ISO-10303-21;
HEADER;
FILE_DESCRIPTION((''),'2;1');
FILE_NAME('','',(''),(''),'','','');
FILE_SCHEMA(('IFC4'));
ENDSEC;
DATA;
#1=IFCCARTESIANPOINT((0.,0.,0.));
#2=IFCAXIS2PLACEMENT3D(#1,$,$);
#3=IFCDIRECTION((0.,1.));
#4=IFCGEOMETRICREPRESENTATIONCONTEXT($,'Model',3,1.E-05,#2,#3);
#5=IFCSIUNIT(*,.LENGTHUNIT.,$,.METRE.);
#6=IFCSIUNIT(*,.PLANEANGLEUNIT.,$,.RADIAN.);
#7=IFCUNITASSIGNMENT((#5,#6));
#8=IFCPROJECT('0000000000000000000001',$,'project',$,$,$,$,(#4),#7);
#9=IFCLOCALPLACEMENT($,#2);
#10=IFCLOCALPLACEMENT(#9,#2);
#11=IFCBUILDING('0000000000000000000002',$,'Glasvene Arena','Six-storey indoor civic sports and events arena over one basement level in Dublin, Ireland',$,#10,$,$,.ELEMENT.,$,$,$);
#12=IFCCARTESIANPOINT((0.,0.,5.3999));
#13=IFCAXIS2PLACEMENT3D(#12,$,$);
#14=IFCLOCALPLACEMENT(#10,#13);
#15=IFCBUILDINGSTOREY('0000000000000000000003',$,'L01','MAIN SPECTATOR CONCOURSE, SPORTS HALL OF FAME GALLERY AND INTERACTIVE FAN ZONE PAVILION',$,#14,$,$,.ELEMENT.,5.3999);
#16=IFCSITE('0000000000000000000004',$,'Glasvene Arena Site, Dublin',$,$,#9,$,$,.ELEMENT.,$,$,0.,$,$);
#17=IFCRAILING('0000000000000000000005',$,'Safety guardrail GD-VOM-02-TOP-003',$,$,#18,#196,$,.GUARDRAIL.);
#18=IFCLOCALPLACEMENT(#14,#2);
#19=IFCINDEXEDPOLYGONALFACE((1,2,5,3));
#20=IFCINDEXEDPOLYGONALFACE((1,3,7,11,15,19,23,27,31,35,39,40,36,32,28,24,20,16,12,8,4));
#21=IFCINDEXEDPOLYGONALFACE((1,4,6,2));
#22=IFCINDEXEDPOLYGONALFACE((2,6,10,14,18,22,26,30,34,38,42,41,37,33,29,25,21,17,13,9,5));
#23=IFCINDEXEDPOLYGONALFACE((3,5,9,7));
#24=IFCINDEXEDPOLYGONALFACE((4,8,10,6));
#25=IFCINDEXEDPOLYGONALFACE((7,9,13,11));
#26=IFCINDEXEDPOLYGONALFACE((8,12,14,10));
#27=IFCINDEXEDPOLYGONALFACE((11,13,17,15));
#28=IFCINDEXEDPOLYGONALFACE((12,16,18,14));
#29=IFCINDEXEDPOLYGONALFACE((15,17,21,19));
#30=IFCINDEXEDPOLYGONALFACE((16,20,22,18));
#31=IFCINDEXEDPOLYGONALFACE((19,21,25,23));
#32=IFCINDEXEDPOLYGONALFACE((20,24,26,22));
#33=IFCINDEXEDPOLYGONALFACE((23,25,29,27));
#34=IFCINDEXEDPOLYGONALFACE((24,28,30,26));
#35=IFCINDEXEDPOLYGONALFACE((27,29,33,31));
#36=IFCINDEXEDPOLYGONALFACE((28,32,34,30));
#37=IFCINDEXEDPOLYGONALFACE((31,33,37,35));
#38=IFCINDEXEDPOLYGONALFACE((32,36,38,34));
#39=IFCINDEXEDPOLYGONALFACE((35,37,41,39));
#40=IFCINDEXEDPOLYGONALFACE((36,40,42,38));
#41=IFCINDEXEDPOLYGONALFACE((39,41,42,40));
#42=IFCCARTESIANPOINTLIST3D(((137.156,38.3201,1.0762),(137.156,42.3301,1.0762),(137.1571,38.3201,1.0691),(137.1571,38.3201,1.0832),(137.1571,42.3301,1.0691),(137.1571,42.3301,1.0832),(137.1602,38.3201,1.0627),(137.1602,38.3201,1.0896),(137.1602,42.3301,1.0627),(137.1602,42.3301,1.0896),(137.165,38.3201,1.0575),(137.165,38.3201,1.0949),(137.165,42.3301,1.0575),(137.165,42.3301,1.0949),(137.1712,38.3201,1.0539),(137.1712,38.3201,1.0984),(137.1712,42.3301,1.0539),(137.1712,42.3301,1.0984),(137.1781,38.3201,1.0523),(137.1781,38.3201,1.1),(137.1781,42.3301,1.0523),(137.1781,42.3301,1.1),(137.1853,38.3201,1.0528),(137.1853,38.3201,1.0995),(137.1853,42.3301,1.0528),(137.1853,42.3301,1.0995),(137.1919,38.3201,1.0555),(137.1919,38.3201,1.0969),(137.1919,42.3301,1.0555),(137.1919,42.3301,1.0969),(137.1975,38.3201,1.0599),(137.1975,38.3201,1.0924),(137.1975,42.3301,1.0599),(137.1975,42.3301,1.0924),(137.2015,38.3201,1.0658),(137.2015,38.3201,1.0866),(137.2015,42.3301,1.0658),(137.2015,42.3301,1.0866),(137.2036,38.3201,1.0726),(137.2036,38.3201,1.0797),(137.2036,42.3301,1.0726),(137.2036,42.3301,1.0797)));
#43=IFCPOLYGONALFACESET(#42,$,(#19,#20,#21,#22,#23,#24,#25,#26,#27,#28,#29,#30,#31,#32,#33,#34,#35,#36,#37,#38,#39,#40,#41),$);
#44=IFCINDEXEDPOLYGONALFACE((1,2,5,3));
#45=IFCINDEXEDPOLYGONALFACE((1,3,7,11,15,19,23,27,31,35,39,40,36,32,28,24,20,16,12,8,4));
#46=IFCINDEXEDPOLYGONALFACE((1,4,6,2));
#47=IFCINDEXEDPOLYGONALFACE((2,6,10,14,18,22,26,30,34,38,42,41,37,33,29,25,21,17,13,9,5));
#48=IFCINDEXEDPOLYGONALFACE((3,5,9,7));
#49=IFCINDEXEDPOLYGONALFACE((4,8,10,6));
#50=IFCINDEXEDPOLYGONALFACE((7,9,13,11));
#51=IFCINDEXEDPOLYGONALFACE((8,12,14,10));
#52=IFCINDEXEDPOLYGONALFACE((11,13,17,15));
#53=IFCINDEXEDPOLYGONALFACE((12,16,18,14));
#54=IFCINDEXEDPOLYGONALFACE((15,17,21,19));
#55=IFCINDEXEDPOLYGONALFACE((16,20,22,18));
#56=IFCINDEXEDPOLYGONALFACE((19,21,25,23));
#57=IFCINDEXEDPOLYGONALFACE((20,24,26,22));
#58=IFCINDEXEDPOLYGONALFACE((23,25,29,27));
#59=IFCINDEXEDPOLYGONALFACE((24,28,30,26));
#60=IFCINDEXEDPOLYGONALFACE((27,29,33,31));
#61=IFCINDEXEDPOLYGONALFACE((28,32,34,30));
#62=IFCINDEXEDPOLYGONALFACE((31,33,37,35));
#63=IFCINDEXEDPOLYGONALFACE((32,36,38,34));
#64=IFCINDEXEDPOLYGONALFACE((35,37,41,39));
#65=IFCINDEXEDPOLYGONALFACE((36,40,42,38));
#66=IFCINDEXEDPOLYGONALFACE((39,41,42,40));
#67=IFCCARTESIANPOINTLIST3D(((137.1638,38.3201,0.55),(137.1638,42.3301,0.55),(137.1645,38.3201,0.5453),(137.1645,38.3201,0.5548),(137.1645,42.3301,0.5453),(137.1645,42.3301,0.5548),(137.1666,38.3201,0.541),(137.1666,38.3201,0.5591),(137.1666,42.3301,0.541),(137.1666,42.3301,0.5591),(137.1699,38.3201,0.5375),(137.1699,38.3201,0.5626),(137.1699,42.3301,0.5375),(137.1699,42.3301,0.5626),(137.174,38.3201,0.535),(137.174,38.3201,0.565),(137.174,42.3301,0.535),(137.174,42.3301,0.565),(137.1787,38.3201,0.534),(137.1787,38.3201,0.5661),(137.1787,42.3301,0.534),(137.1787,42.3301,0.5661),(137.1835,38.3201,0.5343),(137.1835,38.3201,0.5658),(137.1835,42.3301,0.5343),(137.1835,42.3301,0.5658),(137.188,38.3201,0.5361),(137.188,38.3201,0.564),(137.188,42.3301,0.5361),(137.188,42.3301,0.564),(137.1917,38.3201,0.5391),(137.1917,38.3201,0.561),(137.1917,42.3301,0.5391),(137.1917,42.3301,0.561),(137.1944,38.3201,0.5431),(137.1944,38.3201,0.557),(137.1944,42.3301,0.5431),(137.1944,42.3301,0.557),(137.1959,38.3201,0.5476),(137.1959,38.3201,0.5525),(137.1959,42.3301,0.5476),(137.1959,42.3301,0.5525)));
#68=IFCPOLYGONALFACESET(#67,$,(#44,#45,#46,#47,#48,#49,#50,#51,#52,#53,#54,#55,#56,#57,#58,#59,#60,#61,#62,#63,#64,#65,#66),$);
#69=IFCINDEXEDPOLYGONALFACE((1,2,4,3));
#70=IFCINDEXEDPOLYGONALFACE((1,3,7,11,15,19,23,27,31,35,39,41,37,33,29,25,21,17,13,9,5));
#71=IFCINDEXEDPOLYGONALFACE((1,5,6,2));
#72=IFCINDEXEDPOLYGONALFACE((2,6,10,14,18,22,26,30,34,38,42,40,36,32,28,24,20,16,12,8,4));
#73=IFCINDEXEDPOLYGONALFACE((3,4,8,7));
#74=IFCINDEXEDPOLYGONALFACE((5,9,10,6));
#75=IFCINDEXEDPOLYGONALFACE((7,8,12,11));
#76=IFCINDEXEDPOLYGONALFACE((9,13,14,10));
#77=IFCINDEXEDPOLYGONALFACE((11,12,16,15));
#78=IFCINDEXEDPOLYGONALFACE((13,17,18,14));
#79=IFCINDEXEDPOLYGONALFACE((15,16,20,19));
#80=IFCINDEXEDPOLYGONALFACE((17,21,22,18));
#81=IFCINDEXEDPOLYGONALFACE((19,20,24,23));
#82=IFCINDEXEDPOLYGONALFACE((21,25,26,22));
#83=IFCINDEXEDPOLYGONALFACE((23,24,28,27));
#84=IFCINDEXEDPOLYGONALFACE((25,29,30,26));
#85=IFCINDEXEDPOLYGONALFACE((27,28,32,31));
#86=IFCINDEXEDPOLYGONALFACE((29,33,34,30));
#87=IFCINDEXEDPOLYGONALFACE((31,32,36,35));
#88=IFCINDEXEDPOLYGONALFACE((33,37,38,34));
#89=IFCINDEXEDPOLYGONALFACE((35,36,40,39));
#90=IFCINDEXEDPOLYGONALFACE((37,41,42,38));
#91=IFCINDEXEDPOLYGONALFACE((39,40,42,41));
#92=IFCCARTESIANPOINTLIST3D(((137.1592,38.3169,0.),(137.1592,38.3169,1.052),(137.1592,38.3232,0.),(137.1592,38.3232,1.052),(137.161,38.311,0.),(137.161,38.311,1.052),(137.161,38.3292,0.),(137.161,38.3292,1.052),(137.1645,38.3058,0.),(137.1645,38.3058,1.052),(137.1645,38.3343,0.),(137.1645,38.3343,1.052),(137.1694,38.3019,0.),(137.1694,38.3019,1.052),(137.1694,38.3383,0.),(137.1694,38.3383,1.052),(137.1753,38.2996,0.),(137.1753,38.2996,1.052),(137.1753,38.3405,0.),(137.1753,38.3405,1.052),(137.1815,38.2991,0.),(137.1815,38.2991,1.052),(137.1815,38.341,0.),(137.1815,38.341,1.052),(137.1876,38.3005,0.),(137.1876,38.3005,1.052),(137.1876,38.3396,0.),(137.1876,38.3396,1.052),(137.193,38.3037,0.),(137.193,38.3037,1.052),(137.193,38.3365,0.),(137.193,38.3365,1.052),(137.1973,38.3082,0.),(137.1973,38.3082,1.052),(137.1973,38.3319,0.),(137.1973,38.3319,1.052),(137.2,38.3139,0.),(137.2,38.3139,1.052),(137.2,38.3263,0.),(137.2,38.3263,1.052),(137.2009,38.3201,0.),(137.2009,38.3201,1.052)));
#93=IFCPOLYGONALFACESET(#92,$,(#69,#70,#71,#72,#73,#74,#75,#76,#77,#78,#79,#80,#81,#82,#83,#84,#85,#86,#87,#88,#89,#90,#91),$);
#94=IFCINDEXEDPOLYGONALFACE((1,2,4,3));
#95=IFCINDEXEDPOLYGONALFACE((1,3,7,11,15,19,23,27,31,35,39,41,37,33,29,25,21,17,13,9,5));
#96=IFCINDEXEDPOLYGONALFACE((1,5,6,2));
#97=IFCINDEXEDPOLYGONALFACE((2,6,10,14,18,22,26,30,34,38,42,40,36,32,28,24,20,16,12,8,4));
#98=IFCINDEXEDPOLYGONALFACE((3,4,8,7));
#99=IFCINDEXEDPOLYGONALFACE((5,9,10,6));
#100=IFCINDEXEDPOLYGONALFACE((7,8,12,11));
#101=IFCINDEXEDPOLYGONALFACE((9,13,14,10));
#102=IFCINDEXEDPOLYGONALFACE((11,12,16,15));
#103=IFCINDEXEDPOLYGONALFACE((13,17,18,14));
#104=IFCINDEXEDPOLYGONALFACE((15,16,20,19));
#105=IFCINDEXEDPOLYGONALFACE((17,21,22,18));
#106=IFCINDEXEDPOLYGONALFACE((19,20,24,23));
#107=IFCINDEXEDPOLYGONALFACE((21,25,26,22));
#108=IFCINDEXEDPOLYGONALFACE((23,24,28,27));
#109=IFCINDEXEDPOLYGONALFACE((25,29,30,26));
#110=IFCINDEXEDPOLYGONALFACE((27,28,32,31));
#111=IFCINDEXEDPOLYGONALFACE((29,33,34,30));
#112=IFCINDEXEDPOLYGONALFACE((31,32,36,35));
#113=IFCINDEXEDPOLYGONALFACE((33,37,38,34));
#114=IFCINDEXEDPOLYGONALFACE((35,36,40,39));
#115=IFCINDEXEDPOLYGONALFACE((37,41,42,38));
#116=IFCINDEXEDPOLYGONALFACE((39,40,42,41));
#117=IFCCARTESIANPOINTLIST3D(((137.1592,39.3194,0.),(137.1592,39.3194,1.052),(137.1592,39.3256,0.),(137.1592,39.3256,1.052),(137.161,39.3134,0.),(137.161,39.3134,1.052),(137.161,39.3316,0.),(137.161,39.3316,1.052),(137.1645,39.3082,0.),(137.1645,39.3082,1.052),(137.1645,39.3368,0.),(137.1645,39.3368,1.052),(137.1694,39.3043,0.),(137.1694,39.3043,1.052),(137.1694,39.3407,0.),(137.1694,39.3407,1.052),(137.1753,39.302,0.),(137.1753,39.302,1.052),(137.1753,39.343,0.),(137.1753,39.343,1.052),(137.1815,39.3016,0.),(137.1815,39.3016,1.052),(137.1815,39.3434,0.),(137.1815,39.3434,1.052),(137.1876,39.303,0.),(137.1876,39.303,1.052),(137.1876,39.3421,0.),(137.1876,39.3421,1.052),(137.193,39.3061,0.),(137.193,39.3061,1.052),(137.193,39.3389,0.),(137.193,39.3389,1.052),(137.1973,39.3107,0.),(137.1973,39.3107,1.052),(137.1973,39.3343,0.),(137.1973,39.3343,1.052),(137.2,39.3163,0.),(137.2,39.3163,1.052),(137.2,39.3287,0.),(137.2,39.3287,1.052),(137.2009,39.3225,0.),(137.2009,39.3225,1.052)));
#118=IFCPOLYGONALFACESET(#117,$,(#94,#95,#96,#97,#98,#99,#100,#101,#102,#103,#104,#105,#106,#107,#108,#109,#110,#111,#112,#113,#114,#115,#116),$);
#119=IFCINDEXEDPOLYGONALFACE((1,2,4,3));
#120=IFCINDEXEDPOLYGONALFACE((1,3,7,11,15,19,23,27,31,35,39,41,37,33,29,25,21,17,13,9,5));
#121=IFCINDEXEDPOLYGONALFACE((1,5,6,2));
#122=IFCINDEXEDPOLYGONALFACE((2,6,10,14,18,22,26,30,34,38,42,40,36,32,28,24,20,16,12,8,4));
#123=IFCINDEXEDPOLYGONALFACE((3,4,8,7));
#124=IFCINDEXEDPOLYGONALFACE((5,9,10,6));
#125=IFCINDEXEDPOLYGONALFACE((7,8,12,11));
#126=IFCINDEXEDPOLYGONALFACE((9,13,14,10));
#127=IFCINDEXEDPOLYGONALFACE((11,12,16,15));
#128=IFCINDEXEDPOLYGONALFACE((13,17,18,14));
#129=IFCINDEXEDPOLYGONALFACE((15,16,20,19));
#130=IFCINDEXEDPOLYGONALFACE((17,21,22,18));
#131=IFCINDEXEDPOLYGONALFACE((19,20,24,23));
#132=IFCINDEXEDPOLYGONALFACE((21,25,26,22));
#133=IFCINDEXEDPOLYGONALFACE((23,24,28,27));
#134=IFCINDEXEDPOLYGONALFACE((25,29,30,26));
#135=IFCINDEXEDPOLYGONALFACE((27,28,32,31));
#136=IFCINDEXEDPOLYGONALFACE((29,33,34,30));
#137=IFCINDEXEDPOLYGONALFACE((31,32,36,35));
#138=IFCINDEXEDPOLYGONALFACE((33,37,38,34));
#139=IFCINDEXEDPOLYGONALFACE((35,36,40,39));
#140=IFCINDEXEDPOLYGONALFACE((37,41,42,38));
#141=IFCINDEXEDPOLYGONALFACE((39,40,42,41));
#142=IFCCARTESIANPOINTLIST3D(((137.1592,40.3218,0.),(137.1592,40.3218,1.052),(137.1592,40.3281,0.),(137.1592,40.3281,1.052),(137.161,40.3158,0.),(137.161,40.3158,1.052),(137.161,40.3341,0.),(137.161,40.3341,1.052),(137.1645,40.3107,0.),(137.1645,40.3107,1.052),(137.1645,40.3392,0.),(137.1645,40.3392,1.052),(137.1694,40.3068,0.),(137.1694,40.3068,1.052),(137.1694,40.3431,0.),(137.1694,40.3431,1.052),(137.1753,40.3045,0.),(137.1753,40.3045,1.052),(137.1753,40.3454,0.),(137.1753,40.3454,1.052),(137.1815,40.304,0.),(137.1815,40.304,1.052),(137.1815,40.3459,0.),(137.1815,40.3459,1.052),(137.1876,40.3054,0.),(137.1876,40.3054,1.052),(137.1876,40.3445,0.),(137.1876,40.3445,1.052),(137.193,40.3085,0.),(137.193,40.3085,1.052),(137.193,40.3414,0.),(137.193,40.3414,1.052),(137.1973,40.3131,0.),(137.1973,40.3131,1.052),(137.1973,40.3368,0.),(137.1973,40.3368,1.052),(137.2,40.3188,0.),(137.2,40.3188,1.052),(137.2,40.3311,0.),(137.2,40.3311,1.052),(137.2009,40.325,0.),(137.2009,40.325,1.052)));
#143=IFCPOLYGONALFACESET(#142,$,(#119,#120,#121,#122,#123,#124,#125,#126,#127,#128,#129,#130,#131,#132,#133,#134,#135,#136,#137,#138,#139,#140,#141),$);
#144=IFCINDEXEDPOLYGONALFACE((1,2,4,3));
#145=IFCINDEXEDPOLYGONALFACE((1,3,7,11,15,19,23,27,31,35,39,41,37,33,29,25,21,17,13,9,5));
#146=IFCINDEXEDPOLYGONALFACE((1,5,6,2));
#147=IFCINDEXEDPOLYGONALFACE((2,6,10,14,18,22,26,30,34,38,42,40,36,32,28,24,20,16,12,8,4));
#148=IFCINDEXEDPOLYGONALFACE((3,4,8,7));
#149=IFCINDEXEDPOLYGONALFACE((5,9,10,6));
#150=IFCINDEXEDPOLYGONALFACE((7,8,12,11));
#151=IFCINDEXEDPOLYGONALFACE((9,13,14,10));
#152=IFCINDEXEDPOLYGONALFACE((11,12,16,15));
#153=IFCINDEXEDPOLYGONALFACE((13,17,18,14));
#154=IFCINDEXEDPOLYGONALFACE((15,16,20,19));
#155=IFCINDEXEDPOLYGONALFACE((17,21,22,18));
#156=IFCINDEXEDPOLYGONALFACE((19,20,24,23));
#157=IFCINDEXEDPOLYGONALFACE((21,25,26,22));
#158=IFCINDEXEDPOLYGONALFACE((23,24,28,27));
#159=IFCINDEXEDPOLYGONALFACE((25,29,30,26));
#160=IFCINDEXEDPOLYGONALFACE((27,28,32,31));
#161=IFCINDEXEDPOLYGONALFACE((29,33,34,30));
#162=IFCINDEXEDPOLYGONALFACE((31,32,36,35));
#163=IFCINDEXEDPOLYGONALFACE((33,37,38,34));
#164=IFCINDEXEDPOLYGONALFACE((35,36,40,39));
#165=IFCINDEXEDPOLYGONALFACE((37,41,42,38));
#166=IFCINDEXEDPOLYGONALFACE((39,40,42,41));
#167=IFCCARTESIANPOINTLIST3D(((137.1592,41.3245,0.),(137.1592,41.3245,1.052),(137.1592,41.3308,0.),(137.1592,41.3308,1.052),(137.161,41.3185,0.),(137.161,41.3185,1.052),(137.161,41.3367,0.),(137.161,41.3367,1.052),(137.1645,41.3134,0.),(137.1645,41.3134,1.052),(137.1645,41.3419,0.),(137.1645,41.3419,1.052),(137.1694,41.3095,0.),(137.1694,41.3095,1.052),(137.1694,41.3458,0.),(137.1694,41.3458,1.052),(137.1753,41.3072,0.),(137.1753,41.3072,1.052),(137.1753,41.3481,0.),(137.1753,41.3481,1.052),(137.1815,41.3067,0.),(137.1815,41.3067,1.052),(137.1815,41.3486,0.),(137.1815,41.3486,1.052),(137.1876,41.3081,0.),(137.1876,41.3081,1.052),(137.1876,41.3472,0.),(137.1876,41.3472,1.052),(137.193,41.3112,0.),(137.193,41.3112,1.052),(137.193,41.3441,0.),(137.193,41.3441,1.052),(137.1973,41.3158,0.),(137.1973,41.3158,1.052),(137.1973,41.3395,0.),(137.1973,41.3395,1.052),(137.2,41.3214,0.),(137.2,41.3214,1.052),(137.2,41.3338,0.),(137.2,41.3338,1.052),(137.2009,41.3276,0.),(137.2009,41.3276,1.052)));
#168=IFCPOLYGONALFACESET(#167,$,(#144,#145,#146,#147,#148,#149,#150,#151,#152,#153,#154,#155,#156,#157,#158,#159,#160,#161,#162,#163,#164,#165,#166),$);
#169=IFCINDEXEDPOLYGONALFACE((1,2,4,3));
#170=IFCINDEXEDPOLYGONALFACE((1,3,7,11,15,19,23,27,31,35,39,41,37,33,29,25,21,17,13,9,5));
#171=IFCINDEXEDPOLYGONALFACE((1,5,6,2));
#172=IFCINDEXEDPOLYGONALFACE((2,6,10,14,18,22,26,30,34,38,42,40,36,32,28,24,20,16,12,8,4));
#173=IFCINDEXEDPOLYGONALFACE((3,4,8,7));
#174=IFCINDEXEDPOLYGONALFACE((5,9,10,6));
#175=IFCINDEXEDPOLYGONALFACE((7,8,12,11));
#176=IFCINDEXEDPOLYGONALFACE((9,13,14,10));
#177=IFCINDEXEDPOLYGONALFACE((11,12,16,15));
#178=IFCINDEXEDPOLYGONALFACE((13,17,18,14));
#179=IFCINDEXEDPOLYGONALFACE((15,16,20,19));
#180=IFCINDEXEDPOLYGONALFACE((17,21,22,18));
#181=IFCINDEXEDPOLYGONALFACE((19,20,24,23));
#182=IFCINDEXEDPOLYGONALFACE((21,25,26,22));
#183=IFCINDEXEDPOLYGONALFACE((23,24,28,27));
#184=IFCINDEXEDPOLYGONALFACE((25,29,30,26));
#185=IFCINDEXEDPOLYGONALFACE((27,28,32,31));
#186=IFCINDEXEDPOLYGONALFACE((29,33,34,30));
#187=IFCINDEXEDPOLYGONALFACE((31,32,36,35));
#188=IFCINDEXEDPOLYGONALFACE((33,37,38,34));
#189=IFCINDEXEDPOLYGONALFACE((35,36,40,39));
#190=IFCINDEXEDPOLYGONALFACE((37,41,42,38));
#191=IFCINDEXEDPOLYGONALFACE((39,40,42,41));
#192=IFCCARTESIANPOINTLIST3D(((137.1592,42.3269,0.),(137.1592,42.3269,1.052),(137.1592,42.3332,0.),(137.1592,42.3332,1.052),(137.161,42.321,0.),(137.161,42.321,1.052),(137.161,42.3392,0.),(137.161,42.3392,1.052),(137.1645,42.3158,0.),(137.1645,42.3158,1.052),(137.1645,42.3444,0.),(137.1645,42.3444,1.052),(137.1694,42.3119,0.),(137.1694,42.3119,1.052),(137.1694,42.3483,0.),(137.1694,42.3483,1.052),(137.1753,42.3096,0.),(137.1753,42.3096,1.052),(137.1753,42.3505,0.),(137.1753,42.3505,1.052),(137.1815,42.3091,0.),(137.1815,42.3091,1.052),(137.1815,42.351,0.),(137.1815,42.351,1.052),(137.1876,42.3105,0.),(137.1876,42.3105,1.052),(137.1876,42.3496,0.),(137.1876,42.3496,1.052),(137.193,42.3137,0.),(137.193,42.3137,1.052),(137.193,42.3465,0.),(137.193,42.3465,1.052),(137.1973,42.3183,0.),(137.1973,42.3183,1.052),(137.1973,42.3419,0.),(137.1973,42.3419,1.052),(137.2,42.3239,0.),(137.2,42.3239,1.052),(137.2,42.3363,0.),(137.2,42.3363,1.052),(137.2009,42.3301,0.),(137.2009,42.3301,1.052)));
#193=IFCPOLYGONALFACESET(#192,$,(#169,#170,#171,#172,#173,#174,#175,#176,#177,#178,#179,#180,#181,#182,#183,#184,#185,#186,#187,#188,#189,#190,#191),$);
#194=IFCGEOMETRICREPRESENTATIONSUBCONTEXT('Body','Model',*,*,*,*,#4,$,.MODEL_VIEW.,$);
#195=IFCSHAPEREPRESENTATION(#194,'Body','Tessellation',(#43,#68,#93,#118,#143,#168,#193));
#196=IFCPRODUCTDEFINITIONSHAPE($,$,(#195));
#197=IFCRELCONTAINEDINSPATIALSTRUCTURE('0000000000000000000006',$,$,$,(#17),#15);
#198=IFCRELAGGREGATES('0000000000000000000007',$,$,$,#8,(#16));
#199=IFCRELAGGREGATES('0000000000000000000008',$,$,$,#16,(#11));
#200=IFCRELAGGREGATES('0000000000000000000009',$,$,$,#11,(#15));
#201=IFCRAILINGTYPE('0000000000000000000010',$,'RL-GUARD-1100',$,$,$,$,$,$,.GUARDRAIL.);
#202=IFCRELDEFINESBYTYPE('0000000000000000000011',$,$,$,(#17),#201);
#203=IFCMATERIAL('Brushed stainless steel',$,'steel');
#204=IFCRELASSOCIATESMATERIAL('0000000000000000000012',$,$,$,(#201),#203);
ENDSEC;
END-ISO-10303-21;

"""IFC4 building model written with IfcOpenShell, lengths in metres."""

from ifc_helpers import new_model, si_unit, direction, frame, origin, origin_2d, place, context, subcontext, project, spatial, circle, extrude, material, type_object, element, save


model = new_model("IFC4")

# Units and contexts
model_context = context("Model", 3, precision=1e-05, world=origin(), true_north=direction((0.0, 1.0)))
body_context = subcontext(model_context, "Body", "Model", "MODEL_VIEW")
ifc_project = project(units=[si_unit("LENGTHUNIT", "METRE"), si_unit("PLANEANGLEUNIT", "RADIAN")], contexts=[model_context])

# Site, building, storey
site_placement = place(None, origin())
site = spatial("IfcSite", under=ifc_project, at=site_placement, Name="Glasvene Arena Site, Dublin", CompositionType="ELEMENT", RefElevation=0.0)
building_placement = place(site_placement, origin())
building = spatial("IfcBuilding", under=site, at=building_placement, Name="Glasvene Arena", Description="Six-storey indoor civic sports and events arena over one basement level in Dublin, Ireland", CompositionType="ELEMENT")
storey_placement = place(building_placement, frame((0.0, 0.0, 5.3999)))
storey = spatial("IfcBuildingStorey", under=building, at=storey_placement, Name="L01", Description="MAIN SPECTATOR CONCOURSE, SPORTS HALL OF FAME GALLERY AND INTERACTIVE FAN ZONE PAVILION", CompositionType="ELEMENT", Elevation=5.3999)

# Shared definitions
ifc_material_1 = material(Name="Brushed stainless steel", Category="steel")

# Railing
railing_type_1 = type_object("IfcRailingType", Name="RL-GUARD-1100", PredefinedType="GUARDRAIL", material=ifc_material_1)
railing_1_placement = place(storey_placement, frame((137.1799, 38.3201, 0.0)))
element("IfcRailing", 1, at=railing_1_placement, inside=storey, type_object=railing_type_1, Name="Safety guardrail GD-VOM-02-TOP-003", PredefinedType="GUARDRAIL", context=body_context, shape_type="SweptSolid", body=[
    extrude(circle(Radius=0.0239, at=origin_2d()), frame((0.0, 0.0, 1.0762), z_axis=(0.0, 1.0, 0.0), x_axis=(-1.0, 0.0, 0.0)), (0.0, 0.0, 1.0), 4.01),
    extrude(circle(Radius=0.0161, at=origin_2d()), frame((0.0, 0.0, 0.55), z_axis=(0.0, 1.0, 0.0), x_axis=(-1.0, 0.0, 0.0)), (0.0, 0.0, 1.0), 4.01),
    extrude(circle(Radius=0.021, at=origin_2d()), origin(), (0.0, 0.0, 1.0), 1.052),
    extrude(circle(Radius=0.021, at=origin_2d()), frame((0.0, 1.0024, 0.0)), (0.0, 0.0, 1.0), 1.052),
    extrude(circle(Radius=0.021, at=origin_2d()), frame((0.0, 2.0049, 0.0)), (0.0, 0.0, 1.0), 1.052),
    extrude(circle(Radius=0.021, at=origin_2d()), frame((0.0, 3.0076, 0.0)), (0.0, 0.0, 1.0), 1.052),
    extrude(circle(Radius=0.021, at=origin_2d()), frame((0.0, 4.01, 0.0)), (0.0, 0.0, 1.0), 1.052),
])

save(model, "model.ifc")
